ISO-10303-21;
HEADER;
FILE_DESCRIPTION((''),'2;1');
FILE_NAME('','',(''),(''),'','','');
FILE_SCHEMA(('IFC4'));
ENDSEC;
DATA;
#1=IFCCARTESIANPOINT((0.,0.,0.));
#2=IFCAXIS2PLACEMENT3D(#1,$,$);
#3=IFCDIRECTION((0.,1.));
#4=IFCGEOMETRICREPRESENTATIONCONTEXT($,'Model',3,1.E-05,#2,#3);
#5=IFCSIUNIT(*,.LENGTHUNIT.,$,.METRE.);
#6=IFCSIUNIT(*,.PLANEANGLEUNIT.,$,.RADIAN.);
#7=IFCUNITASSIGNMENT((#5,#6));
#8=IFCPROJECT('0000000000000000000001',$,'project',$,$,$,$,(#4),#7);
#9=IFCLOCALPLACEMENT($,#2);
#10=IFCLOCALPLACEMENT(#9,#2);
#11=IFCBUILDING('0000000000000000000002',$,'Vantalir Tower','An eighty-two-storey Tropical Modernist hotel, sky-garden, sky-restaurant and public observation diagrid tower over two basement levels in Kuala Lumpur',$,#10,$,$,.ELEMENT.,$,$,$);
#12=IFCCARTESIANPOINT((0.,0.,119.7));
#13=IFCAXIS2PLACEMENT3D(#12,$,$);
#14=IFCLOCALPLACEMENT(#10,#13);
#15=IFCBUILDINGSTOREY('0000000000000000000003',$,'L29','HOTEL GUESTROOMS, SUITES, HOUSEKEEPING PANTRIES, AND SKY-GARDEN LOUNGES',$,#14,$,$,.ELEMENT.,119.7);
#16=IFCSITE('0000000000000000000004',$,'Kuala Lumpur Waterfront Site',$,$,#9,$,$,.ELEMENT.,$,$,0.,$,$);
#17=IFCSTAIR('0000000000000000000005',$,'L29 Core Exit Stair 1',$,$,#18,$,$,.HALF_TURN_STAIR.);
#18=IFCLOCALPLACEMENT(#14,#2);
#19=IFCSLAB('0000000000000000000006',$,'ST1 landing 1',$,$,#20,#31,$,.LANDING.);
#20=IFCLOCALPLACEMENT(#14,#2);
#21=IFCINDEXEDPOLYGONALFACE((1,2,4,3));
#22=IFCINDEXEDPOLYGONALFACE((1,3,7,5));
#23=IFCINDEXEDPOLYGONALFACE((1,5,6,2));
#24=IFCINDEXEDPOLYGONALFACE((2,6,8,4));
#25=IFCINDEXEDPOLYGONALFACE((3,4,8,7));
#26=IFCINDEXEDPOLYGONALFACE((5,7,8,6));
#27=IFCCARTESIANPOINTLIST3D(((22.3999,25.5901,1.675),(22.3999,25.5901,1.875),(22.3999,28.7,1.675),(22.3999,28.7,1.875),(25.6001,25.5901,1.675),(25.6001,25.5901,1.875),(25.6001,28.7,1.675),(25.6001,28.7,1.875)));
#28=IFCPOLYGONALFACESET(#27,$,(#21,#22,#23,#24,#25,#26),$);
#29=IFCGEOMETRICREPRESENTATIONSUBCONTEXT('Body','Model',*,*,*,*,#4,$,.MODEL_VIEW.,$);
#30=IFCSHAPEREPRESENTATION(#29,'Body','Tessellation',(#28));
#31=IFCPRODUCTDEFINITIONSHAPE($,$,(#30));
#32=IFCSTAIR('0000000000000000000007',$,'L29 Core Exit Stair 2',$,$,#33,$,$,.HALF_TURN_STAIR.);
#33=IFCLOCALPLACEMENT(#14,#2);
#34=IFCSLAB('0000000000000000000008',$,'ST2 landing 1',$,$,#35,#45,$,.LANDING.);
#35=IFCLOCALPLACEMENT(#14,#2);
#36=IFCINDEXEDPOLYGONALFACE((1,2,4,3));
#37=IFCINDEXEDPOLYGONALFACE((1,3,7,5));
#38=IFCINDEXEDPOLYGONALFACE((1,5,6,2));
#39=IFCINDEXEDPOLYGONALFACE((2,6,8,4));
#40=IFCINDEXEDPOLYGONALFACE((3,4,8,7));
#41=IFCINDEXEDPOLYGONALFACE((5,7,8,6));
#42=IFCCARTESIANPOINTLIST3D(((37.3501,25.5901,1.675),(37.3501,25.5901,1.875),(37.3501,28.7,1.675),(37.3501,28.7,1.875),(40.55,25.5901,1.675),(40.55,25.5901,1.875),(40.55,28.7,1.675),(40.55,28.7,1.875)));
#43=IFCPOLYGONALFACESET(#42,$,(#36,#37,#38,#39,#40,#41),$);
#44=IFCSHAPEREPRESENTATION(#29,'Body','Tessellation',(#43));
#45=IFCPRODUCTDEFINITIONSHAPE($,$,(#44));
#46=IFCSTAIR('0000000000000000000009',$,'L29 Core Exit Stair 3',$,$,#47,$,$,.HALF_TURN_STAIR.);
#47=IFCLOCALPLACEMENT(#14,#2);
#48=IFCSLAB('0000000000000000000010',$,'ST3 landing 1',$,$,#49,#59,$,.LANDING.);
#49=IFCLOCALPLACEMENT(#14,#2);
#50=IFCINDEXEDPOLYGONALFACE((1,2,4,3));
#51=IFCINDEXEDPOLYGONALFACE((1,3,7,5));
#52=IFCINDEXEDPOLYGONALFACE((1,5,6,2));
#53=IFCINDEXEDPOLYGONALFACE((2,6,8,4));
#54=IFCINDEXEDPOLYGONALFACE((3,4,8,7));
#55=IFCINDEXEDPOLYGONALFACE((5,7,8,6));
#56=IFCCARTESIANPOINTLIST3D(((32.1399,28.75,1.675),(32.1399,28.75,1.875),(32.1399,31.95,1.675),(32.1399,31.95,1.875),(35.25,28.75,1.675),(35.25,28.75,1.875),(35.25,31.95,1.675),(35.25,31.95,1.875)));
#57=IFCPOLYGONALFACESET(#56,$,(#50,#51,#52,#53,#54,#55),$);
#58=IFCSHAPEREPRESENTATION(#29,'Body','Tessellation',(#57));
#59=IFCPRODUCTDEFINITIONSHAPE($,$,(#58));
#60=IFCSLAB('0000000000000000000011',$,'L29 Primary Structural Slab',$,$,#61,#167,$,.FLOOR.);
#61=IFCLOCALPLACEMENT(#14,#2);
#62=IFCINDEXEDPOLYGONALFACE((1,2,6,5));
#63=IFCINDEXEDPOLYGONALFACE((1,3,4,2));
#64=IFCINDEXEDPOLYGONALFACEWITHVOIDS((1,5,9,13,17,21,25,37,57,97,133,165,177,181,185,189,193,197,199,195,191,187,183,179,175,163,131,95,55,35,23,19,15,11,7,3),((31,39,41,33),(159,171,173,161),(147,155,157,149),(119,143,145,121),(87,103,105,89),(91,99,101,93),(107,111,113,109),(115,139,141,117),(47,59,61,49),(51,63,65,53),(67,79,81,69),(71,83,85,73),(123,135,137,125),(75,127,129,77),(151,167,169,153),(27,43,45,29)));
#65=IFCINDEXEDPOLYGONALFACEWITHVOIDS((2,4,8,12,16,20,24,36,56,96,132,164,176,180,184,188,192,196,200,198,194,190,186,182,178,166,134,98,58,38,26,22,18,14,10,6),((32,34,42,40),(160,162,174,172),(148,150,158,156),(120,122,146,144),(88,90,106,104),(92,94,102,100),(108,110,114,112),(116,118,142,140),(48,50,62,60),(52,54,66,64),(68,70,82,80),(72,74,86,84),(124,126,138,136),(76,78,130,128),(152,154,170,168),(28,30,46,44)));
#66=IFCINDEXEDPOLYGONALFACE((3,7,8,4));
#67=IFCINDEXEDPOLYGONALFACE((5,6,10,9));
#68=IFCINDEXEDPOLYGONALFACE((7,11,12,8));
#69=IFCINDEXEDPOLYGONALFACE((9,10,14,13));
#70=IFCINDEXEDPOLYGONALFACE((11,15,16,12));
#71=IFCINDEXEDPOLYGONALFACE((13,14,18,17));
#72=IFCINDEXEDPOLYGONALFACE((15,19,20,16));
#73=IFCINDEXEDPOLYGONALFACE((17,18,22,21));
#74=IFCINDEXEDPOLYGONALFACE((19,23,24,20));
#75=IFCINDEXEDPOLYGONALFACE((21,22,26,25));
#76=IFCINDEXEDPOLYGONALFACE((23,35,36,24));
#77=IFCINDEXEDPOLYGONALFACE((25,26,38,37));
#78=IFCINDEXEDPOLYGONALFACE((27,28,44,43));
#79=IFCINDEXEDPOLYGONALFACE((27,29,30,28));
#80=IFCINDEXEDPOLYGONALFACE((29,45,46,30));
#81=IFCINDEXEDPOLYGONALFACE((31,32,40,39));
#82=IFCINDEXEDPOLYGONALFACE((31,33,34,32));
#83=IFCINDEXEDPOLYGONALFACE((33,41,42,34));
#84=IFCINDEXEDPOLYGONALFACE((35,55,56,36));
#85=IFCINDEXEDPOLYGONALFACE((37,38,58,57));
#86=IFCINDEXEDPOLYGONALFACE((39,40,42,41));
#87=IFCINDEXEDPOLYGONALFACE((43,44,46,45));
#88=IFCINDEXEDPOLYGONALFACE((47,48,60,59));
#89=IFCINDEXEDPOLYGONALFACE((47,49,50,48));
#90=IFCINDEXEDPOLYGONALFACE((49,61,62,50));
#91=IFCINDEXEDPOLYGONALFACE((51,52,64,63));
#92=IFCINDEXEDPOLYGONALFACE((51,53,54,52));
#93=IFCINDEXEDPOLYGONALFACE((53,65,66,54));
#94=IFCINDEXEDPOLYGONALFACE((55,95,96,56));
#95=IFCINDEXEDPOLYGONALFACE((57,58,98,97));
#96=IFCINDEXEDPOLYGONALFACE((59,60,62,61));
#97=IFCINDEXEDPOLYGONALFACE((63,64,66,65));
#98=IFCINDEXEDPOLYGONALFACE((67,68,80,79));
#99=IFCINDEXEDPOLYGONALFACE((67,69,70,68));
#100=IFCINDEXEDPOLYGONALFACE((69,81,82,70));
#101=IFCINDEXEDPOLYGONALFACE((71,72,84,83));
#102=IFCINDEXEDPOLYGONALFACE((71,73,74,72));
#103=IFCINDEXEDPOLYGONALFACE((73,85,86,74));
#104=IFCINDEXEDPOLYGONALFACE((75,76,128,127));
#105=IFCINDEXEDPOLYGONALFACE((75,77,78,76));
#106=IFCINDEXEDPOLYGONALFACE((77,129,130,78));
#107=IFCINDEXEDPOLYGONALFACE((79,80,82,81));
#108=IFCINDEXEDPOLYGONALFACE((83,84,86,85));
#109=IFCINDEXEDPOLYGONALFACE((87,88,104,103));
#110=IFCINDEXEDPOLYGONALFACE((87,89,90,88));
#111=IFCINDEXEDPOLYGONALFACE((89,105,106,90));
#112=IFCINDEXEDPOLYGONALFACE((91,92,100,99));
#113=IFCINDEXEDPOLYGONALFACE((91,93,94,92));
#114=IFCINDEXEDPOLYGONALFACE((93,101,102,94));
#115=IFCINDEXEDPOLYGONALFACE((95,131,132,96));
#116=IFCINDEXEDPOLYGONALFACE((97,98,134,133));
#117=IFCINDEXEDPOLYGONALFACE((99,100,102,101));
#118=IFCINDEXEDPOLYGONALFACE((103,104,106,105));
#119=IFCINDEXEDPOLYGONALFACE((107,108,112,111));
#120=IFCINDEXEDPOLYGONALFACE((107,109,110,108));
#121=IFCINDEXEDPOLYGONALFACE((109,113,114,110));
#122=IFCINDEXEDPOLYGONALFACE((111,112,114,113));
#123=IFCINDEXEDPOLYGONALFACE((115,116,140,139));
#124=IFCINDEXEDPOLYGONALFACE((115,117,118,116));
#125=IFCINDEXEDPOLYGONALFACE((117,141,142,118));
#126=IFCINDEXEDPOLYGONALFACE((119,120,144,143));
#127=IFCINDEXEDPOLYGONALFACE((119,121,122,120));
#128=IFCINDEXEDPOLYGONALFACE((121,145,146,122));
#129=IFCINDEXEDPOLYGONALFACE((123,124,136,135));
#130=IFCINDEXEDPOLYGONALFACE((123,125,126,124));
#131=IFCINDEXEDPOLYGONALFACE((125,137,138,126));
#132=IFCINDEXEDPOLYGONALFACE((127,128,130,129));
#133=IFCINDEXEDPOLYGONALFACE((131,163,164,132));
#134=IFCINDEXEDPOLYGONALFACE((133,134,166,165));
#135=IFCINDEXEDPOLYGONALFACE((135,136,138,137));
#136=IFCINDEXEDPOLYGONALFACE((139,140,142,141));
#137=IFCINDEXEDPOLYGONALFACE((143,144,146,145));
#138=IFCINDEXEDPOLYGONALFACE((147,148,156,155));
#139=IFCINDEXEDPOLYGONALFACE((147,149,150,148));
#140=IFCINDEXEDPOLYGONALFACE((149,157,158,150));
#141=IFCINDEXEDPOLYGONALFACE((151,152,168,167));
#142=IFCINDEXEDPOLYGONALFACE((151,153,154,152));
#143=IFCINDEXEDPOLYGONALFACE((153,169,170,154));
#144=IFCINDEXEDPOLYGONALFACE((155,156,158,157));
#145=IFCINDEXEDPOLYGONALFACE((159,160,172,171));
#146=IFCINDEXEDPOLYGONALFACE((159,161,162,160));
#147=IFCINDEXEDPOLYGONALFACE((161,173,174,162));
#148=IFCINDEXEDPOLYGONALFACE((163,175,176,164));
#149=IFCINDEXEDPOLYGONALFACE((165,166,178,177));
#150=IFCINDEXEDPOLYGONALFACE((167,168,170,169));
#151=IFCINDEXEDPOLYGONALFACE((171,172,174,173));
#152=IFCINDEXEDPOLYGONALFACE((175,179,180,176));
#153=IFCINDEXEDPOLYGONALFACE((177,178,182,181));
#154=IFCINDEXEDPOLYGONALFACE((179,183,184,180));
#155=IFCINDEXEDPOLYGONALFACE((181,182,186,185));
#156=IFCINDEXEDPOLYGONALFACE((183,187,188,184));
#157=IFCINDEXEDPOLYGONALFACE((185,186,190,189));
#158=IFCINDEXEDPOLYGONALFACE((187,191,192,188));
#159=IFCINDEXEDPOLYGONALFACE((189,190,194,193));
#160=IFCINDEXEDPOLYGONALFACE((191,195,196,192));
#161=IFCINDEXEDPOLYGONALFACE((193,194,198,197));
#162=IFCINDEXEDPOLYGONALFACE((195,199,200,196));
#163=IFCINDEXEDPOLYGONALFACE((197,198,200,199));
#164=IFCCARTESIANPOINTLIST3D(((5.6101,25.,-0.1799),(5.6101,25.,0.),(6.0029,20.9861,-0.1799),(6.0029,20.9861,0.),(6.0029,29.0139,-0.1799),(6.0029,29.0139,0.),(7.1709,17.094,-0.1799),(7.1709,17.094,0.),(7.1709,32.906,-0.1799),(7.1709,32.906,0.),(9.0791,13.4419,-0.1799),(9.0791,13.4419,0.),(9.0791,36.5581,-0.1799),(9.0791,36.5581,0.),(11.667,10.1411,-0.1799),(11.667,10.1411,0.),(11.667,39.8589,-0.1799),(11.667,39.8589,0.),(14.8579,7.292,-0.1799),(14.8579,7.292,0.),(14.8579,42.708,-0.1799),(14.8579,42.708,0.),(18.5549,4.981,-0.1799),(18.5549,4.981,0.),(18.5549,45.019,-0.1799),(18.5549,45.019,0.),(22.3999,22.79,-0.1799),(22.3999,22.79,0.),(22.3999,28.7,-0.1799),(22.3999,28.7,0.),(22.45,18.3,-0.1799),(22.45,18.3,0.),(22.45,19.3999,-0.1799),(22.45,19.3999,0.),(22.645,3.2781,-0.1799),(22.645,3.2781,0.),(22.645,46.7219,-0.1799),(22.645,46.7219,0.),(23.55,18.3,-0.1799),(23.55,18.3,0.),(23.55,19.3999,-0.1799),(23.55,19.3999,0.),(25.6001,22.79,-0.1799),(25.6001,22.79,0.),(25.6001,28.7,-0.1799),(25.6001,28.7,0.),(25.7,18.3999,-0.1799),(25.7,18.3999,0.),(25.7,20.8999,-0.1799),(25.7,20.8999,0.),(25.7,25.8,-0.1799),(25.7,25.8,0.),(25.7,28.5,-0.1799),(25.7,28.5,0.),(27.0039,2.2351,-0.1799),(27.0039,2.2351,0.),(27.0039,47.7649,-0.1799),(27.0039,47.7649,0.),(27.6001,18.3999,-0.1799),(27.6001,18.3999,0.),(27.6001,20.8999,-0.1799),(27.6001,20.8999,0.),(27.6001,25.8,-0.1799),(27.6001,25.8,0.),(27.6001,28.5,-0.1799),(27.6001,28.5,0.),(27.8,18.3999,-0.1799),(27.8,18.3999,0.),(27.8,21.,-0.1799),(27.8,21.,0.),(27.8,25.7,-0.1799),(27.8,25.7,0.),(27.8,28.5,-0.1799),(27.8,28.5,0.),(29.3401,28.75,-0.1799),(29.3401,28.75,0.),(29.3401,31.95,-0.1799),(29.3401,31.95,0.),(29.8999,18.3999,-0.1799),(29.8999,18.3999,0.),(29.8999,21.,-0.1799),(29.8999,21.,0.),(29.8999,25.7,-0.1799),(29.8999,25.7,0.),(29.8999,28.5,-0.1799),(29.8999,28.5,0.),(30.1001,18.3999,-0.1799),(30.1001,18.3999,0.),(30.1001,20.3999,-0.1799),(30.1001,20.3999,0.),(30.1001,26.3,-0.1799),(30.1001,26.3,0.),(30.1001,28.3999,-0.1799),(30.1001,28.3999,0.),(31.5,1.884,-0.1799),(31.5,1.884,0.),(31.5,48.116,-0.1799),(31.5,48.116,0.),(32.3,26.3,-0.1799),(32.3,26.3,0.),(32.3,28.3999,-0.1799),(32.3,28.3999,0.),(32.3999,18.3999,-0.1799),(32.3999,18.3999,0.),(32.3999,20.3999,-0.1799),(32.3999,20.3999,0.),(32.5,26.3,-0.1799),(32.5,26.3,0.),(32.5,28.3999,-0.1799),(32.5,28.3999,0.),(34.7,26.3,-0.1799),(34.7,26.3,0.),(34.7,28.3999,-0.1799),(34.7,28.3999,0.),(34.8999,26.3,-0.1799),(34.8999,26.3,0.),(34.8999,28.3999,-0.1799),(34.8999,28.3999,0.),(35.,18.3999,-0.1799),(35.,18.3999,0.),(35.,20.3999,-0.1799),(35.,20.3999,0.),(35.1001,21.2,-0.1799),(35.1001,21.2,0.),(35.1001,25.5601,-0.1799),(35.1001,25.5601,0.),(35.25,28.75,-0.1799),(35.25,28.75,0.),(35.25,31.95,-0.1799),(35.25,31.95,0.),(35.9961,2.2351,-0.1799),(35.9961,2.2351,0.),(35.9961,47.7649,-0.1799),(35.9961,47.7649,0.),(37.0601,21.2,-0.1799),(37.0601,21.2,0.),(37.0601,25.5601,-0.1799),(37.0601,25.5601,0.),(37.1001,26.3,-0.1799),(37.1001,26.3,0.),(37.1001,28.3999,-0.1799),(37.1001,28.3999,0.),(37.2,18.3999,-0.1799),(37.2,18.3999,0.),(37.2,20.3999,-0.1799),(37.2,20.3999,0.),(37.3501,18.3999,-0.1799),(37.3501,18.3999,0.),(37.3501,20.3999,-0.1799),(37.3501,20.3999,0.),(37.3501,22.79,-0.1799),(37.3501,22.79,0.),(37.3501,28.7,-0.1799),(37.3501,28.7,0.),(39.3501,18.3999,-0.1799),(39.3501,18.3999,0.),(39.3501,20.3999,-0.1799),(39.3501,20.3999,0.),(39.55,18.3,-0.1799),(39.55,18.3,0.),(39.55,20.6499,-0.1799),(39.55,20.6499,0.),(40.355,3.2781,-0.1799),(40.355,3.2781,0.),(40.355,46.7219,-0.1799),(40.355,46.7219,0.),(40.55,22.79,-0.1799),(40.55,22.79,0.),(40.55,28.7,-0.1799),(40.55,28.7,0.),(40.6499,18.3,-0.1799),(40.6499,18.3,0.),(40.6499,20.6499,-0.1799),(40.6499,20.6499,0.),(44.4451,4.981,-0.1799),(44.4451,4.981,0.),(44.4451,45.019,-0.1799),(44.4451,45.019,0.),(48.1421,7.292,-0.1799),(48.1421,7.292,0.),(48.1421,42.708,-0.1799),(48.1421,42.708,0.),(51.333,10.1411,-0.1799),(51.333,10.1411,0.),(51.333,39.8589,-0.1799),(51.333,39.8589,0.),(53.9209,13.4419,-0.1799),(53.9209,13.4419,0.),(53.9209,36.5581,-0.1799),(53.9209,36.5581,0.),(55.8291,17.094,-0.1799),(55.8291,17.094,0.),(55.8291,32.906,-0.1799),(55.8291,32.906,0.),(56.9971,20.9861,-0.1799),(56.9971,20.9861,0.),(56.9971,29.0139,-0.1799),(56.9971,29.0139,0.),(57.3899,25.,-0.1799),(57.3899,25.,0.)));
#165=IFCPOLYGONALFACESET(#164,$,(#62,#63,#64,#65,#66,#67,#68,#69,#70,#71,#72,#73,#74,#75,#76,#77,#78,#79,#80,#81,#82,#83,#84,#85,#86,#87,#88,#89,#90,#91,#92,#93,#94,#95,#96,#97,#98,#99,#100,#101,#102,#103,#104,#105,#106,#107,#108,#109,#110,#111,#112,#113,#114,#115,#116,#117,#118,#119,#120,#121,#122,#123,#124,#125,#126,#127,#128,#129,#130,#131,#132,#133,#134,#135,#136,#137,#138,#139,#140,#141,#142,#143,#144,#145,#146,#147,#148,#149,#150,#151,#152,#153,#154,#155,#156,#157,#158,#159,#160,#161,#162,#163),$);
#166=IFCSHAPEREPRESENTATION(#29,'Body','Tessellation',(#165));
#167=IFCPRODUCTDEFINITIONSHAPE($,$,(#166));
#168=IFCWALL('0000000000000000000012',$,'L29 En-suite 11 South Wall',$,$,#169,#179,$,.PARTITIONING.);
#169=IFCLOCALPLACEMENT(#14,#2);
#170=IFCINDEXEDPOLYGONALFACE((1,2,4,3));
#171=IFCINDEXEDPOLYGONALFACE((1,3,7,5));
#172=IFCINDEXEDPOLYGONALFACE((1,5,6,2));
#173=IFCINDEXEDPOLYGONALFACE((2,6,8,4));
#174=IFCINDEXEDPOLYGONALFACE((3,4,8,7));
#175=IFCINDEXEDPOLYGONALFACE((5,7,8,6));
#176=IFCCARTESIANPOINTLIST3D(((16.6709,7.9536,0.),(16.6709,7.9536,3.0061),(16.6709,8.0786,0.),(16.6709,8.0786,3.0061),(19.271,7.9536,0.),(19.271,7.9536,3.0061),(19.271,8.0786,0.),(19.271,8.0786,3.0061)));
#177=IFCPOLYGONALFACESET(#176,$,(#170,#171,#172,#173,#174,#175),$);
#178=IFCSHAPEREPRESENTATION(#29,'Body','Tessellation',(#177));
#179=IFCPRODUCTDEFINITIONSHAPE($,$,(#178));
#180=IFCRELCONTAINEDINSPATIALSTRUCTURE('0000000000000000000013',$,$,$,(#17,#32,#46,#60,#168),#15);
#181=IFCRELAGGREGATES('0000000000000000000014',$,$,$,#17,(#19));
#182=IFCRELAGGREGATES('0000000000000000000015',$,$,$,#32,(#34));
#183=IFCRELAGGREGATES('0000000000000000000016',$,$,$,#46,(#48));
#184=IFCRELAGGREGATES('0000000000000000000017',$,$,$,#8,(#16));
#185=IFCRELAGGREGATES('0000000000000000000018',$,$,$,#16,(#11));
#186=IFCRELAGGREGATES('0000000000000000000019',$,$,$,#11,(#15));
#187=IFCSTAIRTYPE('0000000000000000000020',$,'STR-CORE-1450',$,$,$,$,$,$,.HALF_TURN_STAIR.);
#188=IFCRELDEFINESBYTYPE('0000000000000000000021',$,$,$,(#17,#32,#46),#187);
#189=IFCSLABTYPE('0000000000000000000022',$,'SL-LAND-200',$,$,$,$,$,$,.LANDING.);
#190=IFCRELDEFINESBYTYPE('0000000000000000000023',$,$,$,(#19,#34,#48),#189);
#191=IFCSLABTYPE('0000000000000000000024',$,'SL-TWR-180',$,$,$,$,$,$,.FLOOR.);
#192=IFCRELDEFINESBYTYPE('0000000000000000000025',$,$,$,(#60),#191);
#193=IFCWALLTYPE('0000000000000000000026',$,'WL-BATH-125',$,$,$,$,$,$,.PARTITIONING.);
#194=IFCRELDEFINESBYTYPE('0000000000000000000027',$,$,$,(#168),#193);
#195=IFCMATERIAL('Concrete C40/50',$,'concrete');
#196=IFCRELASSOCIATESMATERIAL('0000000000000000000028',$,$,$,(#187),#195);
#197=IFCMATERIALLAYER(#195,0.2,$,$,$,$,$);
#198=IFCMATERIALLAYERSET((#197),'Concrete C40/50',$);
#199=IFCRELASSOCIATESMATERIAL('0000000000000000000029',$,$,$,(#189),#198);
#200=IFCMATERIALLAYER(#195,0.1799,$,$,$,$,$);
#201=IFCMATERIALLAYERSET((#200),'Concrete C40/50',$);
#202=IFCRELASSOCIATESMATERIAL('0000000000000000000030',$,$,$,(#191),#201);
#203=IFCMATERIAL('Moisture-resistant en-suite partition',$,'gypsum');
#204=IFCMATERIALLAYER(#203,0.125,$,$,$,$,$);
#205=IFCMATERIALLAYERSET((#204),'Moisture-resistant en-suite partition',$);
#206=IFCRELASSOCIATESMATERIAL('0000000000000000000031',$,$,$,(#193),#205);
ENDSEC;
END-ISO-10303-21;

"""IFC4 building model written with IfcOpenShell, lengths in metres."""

from ifc_helpers import new_model, si_unit, direction, frame, frame_2d, origin, place, context, subcontext, project, spatial, polyline, rectangle, outline, extrude, material, layer, layer_set, type_object, element, aggregate, save


model = new_model("IFC4")

# Units and contexts
model_context = context("Model", 3, precision=1e-05, world=origin(), true_north=direction((0.0, 1.0)))
body_context = subcontext(model_context, "Body", "Model", "MODEL_VIEW")
ifc_project = project(units=[si_unit("LENGTHUNIT", "METRE"), si_unit("PLANEANGLEUNIT", "RADIAN")], contexts=[model_context])

# Site, building, storey
site_placement = place(None, origin())
site = spatial("IfcSite", under=ifc_project, at=site_placement, Name="Kuala Lumpur Waterfront Site", CompositionType="ELEMENT", RefElevation=0.0)
building_placement = place(site_placement, origin())
building = spatial("IfcBuilding", under=site, at=building_placement, Name="Vantalir Tower", Description="An eighty-two-storey Tropical Modernist hotel, sky-garden, sky-restaurant and public observation diagrid tower over two basement levels in Kuala Lumpur", CompositionType="ELEMENT")
storey_placement = place(building_placement, frame((0.0, 0.0, 119.7)))
storey = spatial("IfcBuildingStorey", under=building, at=storey_placement, Name="L29", Description="HOTEL GUESTROOMS, SUITES, HOUSEKEEPING PANTRIES, AND SKY-GARDEN LOUNGES", CompositionType="ELEMENT", Elevation=119.7)

# Stairs, slabs
ifc_material_1 = material(Name="Concrete C40/50", Category="concrete")
stair_type = type_object("IfcStairType", Name="STR-CORE-1450", PredefinedType="HALF_TURN_STAIR", material=ifc_material_1)
stair_1_placement = place(storey_placement, origin())
stair_1 = element("IfcStair", 1, at=stair_1_placement, inside=storey, type_object=stair_type, Name="L29 Core Exit Stair 1", PredefinedType="HALF_TURN_STAIR")
ifc_layer_1 = layer(ifc_material_1, 0.2)
ifc_layer_set_1 = layer_set([ifc_layer_1], Name="Concrete C40/50")
slab_type_1 = type_object("IfcSlabType", Name="SL-LAND-200", PredefinedType="LANDING", material=ifc_layer_set_1)
slab_1_placement = place(storey_placement, frame((0.0, 0.0, 1.675)))
slab_1 = element("IfcSlab", 2, at=slab_1_placement, type_object=slab_type_1, Name="ST1 landing 1", PredefinedType="LANDING", context=body_context, shape_type="SweptSolid", body=[
    extrude(outline(polyline([(25.6001, 25.5901), (25.6001, 28.7), (22.3999, 28.7), (22.3999, 25.5901), (25.6001, 25.5901)])), origin(), (0.0, 0.0, 1.0), 0.2),
])
aggregate(stair_1, [slab_1])
stair_2_placement = place(storey_placement, origin())
stair_2 = element("IfcStair", 3, at=stair_2_placement, inside=storey, type_object=stair_type, Name="L29 Core Exit Stair 2", PredefinedType="HALF_TURN_STAIR")
slab_2_placement = place(storey_placement, frame((0.0, 0.0, 1.675)))
slab_2 = element("IfcSlab", 4, at=slab_2_placement, type_object=slab_type_1, Name="ST2 landing 1", PredefinedType="LANDING", context=body_context, shape_type="SweptSolid", body=[
    extrude(outline(polyline([(40.55, 25.5901), (40.55, 28.7), (37.3501, 28.7), (37.3501, 25.5901), (40.55, 25.5901)])), origin(), (0.0, 0.0, 1.0), 0.2),
])
aggregate(stair_2, [slab_2])
stair_3_placement = place(storey_placement, origin())
stair_3 = element("IfcStair", 5, at=stair_3_placement, inside=storey, type_object=stair_type, Name="L29 Core Exit Stair 3", PredefinedType="HALF_TURN_STAIR")
slab_3_placement = place(storey_placement, frame((0.0, 0.0, 1.675)))
slab_3 = element("IfcSlab", 6, at=slab_3_placement, type_object=slab_type_1, Name="ST3 landing 1", PredefinedType="LANDING", context=body_context, shape_type="SweptSolid", body=[
    extrude(outline(polyline([(32.1399, 28.75), (35.25, 28.75), (35.25, 31.95), (32.1399, 31.95), (32.1399, 28.75)])), origin(), (0.0, 0.0, 1.0), 0.2),
])
aggregate(stair_3, [slab_3])

# Slab
ifc_layer_2 = layer(ifc_material_1, 0.1799)
ifc_layer_set_2 = layer_set([ifc_layer_2], Name="Concrete C40/50")
slab_type_2 = type_object("IfcSlabType", Name="SL-TWR-180", PredefinedType="FLOOR", material=ifc_layer_set_2)
slab_4_placement = place(storey_placement, frame((0.0, 0.0, -0.1799)))
element("IfcSlab", 7, at=slab_4_placement, inside=storey, type_object=slab_type_2, Name="L29 Primary Structural Slab", PredefinedType="FLOOR", context=body_context, shape_type="SweptSolid", body=[
    extrude(outline(polyline([(9.0791, 13.4419), (11.667, 10.1411), (14.8579, 7.292), (18.5549, 4.981), (22.645, 3.2781), (27.0039, 2.2351), (31.5, 1.884), (35.9961, 2.2351), (40.355, 3.2781), (44.4451, 4.981), (48.1421, 7.292), (51.333, 10.1411), (53.9209, 13.4419), (55.8291, 17.094), (56.9971, 20.9861), (57.3899, 25.0), (56.9971, 29.0139), (55.8291, 32.906), (53.9209, 36.5581), (51.333, 39.8589), (48.1421, 42.708), (44.4451, 45.019), (40.355, 46.7219), (35.9961, 47.7649), (31.5, 48.116), (27.0039, 47.7649), (22.645, 46.7219), (18.5549, 45.019), (14.8579, 42.708), (11.667, 39.8589), (9.0791, 36.5581), (7.1709, 32.906), (6.0029, 29.0139), (5.6101, 25.0), (6.0029, 20.9861), (7.1709, 17.094), (9.0791, 13.4419)]), holes=[polyline([(22.3999, 22.79), (22.3999, 28.7), (25.6001, 28.7), (25.6001, 22.79), (22.3999, 22.79)]), polyline([(37.3501, 28.7), (40.55, 28.7), (40.55, 22.79), (37.3501, 22.79), (37.3501, 28.7)]), polyline([(35.25, 28.75), (29.3401, 28.75), (29.3401, 31.95), (35.25, 31.95), (35.25, 28.75)]), polyline([(27.6001, 18.3999), (25.7, 18.3999), (25.7, 20.8999), (27.6001, 20.8999), (27.6001, 18.3999)]), polyline([(25.7, 25.8), (25.7, 28.5), (27.6001, 28.5), (27.6001, 25.8), (25.7, 25.8)]), polyline([(27.8, 21.0), (29.8999, 21.0), (29.8999, 18.3999), (27.8, 18.3999), (27.8, 21.0)]), polyline([(29.8999, 28.5), (29.8999, 25.7), (27.8, 25.7), (27.8, 28.5), (29.8999, 28.5)]), polyline([(32.3999, 18.3999), (30.1001, 18.3999), (30.1001, 20.3999), (32.3999, 20.3999), (32.3999, 18.3999)]), polyline([(37.3501, 18.3999), (37.3501, 20.3999), (39.3501, 20.3999), (39.3501, 18.3999), (37.3501, 18.3999)]), polyline([(35.0, 20.3999), (37.2, 20.3999), (37.2, 18.3999), (35.0, 18.3999), (35.0, 20.3999)]), polyline([(32.3, 28.3999), (32.3, 26.3), (30.1001, 26.3), (30.1001, 28.3999), (32.3, 28.3999)]), polyline([(34.7, 26.3), (32.5, 26.3), (32.5, 28.3999), (34.7, 28.3999), (34.7, 26.3)]), polyline([(34.8999, 26.3), (34.8999, 28.3999), (37.1001, 28.3999), (37.1001, 26.3), (34.8999, 26.3)]), polyline([(35.1001, 25.5601), (37.0601, 25.5601), (37.0601, 21.2), (35.1001, 21.2), (35.1001, 25.5601)]), polyline([(23.55, 19.3999), (23.55, 18.3), (22.45, 18.3), (22.45, 19.3999), (23.55, 19.3999)]), polyline([(40.6499, 18.3), (39.55, 18.3), (39.55, 20.6499), (40.6499, 20.6499), (40.6499, 18.3)])]), origin(), (0.0, 0.0, 1.0), 0.1799),
])

# Wall
ifc_material_2 = material(Name="Moisture-resistant en-suite partition", Category="gypsum")
ifc_layer_3 = layer(ifc_material_2, 0.125)
ifc_layer_set_3 = layer_set([ifc_layer_3], Name="Moisture-resistant en-suite partition")
wall_type = type_object("IfcWallType", Name="WL-BATH-125", PredefinedType="PARTITIONING", material=ifc_layer_set_3)
wall_1_placement = place(storey_placement, frame((16.6709, 8.0161, 0.0), z_axis=(0.0, 0.0, 1.0), x_axis=(1.0, 0.0, 0.0)))
element("IfcWall", 8, at=wall_1_placement, inside=storey, type_object=wall_type, Name="L29 En-suite 11 South Wall", PredefinedType="PARTITIONING", context=body_context, shape_type="SweptSolid", body=[
    extrude(rectangle(XDim=2.6001, YDim=0.125, at=frame_2d((1.3, 0.0))), origin(), (0.0, 0.0, 1.0), 3.0061),
])

save(model, "model.ifc")
